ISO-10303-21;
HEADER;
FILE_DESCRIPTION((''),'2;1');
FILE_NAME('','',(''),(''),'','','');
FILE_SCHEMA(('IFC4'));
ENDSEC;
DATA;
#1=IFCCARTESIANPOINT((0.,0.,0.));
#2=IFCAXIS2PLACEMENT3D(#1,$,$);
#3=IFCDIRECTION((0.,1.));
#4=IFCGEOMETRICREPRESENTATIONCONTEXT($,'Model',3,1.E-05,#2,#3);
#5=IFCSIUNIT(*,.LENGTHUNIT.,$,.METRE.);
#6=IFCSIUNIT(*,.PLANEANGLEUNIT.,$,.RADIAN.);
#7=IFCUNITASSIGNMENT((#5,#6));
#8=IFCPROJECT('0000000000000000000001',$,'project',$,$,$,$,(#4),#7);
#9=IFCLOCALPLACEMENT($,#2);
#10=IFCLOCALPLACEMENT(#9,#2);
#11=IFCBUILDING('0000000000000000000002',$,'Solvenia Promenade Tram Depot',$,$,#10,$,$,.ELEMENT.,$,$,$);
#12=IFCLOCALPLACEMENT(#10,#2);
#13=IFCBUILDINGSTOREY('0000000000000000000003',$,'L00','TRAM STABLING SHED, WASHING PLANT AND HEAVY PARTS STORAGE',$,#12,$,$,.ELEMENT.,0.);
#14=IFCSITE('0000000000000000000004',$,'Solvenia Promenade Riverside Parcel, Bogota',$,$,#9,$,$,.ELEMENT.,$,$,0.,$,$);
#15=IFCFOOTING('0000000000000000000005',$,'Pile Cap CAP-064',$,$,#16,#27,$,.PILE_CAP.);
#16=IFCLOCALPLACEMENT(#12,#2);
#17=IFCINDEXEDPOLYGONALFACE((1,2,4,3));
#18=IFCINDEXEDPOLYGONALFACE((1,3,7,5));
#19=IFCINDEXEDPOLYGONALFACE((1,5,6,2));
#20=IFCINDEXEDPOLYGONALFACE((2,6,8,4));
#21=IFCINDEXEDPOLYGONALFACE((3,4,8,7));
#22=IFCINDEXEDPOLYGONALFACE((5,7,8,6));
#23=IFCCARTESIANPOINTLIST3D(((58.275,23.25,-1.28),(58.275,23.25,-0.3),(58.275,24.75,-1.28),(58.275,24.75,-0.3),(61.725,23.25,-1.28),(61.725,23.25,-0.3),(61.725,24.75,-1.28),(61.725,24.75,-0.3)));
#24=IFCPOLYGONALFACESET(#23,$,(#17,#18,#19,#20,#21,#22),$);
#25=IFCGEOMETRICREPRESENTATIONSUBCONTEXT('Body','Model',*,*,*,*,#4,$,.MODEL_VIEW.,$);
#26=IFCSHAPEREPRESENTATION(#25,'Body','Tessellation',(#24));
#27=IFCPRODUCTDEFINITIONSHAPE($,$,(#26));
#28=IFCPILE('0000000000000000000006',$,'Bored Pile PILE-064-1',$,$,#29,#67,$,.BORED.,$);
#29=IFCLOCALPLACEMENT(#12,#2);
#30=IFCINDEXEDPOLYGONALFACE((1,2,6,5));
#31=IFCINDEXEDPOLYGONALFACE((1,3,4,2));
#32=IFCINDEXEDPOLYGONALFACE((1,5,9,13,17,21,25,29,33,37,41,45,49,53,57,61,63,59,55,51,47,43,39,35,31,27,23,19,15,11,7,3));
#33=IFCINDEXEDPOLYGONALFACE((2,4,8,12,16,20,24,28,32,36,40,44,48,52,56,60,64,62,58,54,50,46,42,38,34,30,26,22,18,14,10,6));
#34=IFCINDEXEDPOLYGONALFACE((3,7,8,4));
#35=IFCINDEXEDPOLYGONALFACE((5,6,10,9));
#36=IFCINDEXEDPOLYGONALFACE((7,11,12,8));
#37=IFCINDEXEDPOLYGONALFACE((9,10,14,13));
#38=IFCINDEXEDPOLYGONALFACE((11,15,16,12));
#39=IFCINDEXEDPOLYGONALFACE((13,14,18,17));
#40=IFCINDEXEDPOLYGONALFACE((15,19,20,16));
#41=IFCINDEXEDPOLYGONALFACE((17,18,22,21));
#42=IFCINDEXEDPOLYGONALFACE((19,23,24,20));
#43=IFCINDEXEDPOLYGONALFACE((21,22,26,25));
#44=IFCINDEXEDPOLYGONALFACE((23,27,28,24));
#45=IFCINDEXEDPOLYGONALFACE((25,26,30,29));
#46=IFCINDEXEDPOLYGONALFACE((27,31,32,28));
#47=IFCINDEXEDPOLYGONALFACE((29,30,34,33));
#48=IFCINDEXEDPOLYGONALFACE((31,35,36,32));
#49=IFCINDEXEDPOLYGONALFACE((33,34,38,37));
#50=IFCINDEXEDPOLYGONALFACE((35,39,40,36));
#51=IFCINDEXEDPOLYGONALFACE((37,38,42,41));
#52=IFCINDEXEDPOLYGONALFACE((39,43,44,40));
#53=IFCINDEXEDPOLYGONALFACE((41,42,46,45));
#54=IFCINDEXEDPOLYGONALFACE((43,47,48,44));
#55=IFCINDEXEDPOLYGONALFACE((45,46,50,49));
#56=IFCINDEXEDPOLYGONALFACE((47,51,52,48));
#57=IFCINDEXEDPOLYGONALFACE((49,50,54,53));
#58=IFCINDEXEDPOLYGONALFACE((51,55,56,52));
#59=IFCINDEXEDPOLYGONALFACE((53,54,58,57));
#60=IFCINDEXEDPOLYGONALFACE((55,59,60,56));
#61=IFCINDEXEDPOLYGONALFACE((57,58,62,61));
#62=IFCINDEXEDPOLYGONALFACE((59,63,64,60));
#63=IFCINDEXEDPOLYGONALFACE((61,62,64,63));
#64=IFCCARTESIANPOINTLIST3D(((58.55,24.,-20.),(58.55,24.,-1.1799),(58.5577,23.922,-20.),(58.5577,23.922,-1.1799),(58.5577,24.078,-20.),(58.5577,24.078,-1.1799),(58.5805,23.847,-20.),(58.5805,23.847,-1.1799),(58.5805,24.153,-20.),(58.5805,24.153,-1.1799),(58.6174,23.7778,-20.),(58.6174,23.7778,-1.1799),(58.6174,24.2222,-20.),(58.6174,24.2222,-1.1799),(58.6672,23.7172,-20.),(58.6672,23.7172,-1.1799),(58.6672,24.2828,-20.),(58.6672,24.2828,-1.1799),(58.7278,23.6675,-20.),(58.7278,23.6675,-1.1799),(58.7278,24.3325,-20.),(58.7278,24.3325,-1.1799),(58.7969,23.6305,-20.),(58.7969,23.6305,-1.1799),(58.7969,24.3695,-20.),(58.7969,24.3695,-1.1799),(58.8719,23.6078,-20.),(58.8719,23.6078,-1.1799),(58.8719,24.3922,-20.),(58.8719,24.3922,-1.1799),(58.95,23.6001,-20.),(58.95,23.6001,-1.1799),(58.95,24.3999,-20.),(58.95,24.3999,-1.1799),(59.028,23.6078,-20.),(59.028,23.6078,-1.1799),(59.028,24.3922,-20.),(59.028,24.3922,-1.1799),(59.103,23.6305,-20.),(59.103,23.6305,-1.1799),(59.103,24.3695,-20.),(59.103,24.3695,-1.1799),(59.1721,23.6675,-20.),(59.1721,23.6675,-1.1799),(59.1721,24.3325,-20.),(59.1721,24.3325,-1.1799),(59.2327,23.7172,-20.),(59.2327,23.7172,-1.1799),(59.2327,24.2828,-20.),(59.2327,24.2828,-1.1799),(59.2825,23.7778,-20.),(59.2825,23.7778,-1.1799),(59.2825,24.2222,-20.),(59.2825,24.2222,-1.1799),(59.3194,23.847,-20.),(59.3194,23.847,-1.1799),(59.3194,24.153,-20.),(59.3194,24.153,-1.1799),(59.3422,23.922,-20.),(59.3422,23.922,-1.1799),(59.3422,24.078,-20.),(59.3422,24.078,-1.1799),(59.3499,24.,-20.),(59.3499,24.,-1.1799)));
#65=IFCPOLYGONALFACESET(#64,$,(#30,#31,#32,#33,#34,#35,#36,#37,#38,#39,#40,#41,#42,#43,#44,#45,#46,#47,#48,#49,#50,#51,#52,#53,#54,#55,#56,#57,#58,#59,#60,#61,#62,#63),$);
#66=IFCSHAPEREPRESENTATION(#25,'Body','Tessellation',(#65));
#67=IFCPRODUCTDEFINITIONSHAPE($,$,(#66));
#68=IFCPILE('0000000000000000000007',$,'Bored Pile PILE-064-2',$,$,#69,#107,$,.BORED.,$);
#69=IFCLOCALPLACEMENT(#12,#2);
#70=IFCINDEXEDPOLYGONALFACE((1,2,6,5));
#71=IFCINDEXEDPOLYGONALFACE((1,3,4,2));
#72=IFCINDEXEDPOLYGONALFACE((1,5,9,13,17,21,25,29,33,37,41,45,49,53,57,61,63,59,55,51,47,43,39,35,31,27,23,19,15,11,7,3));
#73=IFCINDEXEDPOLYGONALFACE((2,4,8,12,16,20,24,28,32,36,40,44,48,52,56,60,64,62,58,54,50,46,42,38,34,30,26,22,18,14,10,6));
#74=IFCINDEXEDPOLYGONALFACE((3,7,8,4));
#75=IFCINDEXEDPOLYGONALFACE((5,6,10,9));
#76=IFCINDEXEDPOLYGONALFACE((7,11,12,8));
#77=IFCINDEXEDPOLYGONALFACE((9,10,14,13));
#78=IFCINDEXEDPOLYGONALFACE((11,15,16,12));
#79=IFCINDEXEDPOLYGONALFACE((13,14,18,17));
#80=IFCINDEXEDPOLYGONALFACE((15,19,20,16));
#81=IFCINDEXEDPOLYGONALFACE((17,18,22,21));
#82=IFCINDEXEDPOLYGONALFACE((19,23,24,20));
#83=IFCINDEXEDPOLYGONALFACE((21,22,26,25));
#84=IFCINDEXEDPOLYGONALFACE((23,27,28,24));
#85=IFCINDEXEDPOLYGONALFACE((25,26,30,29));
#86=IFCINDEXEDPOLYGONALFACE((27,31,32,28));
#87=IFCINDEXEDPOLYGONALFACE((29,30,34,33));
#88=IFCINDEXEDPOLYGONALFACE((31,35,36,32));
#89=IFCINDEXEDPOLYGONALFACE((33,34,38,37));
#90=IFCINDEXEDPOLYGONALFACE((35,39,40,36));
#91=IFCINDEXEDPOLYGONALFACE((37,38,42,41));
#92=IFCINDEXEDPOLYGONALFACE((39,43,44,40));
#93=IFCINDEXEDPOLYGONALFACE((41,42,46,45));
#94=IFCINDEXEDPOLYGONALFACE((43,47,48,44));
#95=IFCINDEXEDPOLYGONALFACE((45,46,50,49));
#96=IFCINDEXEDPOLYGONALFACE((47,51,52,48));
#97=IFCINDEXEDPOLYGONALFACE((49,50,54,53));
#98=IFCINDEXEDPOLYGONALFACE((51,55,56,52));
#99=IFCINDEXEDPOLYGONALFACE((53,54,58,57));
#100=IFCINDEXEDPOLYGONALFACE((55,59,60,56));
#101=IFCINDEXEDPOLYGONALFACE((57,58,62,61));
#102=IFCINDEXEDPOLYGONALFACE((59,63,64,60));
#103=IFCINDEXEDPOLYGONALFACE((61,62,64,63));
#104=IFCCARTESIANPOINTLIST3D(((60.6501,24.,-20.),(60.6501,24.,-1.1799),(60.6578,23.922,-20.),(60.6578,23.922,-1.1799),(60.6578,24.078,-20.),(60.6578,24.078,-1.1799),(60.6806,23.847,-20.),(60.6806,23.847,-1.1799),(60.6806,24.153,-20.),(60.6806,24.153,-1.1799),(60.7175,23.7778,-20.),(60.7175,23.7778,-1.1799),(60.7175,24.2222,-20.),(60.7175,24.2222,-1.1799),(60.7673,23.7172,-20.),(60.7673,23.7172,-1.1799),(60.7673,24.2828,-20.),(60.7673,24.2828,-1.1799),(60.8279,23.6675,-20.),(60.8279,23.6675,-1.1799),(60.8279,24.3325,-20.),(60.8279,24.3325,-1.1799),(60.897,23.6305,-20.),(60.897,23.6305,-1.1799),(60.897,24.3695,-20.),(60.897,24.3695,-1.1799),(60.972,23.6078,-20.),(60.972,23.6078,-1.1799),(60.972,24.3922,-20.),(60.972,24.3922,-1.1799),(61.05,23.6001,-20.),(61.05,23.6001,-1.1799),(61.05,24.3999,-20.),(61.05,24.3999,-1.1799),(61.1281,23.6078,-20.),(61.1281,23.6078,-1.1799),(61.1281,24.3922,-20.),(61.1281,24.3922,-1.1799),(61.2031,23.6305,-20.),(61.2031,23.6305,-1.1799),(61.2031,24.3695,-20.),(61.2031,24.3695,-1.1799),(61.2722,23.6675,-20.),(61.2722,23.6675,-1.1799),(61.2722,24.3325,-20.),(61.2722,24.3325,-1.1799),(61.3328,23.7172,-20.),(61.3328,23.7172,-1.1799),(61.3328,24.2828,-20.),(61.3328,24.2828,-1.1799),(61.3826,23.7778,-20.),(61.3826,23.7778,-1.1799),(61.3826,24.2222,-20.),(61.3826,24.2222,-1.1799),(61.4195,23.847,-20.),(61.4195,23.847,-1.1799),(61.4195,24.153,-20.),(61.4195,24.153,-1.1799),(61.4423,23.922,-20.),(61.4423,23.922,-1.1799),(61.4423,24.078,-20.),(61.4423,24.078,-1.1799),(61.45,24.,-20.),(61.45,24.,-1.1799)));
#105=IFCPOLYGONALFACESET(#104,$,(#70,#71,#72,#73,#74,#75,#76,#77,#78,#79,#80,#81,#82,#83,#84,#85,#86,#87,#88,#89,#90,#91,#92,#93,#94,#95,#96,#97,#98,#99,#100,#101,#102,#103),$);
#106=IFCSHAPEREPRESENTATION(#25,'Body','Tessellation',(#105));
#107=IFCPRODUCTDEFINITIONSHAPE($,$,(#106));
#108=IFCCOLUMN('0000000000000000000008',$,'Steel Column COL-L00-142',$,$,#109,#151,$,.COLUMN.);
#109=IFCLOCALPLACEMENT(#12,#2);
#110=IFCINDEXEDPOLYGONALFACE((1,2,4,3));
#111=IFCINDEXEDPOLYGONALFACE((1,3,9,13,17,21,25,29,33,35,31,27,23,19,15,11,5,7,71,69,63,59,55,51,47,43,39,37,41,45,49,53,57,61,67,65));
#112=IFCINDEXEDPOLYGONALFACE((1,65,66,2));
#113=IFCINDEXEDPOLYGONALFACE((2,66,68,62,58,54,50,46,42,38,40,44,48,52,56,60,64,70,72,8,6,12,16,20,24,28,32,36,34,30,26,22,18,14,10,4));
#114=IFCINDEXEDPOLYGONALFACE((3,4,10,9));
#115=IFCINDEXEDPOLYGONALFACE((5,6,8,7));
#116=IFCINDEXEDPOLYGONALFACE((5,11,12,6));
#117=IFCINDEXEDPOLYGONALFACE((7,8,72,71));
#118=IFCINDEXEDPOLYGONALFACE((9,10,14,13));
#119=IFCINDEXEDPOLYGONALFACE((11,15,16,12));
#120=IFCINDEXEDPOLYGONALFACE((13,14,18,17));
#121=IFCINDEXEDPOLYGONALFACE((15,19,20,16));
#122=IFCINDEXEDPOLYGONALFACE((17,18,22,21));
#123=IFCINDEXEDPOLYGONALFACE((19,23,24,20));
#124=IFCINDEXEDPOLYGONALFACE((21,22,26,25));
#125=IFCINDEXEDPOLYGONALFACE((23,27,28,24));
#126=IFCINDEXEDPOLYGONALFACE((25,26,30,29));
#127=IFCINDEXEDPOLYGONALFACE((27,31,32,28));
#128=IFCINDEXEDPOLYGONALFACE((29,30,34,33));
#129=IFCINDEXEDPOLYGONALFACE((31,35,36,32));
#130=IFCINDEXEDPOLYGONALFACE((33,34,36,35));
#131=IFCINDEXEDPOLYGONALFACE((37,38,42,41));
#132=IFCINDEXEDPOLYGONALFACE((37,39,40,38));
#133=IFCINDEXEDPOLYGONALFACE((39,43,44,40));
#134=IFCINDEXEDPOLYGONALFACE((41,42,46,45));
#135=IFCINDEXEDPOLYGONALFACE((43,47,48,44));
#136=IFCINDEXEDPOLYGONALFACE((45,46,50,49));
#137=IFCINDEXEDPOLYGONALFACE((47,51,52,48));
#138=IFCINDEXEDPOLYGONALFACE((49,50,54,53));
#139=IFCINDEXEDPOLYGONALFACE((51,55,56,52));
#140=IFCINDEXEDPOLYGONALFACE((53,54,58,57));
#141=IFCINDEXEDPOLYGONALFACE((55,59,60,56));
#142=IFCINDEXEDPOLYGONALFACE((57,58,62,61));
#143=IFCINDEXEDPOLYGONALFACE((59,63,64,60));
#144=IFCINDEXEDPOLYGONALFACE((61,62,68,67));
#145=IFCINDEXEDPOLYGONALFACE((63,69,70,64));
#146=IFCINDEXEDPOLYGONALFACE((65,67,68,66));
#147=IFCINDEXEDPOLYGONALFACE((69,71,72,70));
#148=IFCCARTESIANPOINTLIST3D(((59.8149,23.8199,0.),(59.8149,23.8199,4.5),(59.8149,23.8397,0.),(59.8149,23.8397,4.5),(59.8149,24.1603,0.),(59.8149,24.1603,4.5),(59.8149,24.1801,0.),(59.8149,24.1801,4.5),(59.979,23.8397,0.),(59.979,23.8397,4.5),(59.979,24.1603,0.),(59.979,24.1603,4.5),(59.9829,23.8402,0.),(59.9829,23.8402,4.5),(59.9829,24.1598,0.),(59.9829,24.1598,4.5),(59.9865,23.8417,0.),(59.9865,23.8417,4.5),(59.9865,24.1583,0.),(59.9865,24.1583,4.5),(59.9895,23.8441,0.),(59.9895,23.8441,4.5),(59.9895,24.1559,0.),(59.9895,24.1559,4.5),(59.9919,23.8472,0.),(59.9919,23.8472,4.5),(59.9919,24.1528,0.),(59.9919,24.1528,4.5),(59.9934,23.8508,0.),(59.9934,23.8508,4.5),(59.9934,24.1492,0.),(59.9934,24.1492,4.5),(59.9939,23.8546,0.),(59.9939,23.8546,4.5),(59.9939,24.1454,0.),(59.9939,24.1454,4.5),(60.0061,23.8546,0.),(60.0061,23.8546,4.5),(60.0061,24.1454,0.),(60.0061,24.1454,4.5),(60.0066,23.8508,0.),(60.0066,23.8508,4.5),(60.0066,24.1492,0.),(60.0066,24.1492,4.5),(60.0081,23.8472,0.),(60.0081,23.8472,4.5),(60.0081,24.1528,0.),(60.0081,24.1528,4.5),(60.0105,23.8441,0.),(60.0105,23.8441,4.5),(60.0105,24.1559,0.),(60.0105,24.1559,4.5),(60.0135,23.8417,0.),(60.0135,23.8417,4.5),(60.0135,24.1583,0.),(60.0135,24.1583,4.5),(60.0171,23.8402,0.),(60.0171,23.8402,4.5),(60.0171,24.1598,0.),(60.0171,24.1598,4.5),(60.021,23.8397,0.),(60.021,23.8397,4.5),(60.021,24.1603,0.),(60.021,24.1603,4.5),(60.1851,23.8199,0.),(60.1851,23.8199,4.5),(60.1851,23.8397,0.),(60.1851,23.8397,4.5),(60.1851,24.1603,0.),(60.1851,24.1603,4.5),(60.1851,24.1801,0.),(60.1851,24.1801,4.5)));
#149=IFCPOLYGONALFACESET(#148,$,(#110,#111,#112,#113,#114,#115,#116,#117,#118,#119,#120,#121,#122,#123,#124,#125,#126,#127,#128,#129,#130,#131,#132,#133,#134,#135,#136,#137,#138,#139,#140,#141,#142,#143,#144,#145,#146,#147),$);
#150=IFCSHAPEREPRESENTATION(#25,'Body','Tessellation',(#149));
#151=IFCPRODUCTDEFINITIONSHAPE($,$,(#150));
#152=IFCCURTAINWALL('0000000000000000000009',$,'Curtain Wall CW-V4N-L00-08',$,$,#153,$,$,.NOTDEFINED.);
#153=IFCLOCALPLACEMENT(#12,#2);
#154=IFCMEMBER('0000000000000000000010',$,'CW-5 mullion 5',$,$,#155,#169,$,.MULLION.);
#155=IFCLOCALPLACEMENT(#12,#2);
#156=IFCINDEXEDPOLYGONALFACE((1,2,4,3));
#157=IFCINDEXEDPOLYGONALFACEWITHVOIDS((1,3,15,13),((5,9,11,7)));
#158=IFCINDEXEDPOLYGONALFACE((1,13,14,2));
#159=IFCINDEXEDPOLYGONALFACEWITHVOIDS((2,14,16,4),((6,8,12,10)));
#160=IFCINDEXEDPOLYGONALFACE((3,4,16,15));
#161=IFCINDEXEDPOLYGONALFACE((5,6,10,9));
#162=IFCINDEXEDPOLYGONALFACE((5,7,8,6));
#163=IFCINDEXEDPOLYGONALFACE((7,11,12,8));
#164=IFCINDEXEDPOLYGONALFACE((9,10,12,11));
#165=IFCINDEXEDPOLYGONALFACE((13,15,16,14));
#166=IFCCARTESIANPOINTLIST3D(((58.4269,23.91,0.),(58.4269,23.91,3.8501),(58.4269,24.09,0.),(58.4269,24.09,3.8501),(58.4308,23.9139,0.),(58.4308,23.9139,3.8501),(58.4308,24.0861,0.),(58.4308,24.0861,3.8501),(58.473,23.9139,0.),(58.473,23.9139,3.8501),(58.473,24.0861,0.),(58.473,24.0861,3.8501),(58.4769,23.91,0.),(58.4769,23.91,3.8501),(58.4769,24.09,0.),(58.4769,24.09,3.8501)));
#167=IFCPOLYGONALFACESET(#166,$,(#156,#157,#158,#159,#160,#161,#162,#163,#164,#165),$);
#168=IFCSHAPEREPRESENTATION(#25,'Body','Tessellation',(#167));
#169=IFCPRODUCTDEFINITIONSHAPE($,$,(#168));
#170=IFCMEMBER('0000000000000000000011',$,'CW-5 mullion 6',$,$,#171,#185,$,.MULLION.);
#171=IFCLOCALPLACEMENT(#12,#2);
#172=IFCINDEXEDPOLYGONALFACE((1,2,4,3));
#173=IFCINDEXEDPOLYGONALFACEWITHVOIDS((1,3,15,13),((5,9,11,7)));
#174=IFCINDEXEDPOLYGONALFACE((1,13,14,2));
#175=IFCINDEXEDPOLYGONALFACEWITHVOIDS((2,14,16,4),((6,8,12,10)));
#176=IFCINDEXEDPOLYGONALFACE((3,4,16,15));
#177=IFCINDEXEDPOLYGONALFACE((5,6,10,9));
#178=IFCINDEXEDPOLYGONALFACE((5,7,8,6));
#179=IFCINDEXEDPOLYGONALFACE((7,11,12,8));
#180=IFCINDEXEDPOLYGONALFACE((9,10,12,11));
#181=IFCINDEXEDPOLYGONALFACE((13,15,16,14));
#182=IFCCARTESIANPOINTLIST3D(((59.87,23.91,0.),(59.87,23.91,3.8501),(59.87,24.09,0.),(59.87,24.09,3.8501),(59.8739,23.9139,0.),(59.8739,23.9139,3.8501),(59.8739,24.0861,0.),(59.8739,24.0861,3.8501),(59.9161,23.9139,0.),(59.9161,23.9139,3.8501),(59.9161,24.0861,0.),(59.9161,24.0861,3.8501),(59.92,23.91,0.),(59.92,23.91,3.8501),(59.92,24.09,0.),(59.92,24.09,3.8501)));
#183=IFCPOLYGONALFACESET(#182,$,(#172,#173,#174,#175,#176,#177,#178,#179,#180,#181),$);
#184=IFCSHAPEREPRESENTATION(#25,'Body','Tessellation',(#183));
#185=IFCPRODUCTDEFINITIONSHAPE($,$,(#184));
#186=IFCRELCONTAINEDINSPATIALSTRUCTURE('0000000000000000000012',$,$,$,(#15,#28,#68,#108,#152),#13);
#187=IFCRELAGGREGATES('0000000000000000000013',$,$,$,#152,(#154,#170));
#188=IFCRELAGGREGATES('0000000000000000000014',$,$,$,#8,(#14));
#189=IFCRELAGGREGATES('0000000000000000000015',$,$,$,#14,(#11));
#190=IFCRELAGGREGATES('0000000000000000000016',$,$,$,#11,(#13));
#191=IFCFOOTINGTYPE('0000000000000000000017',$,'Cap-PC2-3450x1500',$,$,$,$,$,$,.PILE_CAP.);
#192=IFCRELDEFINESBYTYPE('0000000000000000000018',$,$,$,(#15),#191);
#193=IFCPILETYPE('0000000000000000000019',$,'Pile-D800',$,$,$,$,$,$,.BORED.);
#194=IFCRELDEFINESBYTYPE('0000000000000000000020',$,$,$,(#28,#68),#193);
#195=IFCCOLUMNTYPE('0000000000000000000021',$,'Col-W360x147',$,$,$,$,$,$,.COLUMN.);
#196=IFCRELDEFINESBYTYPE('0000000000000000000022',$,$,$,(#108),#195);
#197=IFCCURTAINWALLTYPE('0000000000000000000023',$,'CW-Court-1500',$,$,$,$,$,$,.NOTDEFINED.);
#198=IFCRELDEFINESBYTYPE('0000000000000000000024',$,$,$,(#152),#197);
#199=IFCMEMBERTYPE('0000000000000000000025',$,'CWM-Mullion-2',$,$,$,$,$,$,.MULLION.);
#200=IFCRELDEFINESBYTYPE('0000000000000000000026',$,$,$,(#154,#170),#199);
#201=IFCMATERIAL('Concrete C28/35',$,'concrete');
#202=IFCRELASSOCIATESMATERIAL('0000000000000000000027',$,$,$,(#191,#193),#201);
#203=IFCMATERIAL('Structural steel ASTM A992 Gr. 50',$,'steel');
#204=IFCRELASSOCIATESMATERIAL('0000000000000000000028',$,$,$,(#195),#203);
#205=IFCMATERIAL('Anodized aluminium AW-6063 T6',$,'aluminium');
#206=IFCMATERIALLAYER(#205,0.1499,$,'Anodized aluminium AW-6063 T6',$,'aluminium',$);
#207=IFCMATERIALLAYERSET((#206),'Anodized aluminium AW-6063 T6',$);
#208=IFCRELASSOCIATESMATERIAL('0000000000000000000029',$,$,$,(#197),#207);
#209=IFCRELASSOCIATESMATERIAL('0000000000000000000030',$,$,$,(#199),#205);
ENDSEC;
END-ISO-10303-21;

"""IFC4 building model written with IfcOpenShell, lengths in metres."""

from ifc_helpers import new_model, si_unit, direction, frame, origin, origin_2d, place, context, subcontext, project, spatial, rectangle, hollow_rectangle, circle, i_section, extrude, material, layer, layer_set, material_profile, profile_set, type_object, element, aggregate, save


model = new_model("IFC4")

# Units and contexts
model_context = context("Model", 3, precision=1e-05, world=origin(), true_north=direction((0.0, 1.0)))
body_context = subcontext(model_context, "Body", "Model", "MODEL_VIEW")
ifc_project = project(units=[si_unit("LENGTHUNIT", "METRE"), si_unit("PLANEANGLEUNIT", "RADIAN")], contexts=[model_context])

# Site, building, storey
site_placement = place(None, origin())
site = spatial("IfcSite", under=ifc_project, at=site_placement, Name="Solvenia Promenade Riverside Parcel, Bogota", CompositionType="ELEMENT", RefElevation=0.0)
building_placement = place(site_placement, origin())
building = spatial("IfcBuilding", under=site, at=building_placement, Name="Solvenia Promenade Tram Depot", CompositionType="ELEMENT")
storey_placement = place(building_placement, origin())
storey = spatial("IfcBuildingStorey", under=building, at=storey_placement, Name="L00", Description="TRAM STABLING SHED, WASHING PLANT AND HEAVY PARTS STORAGE", CompositionType="ELEMENT", Elevation=0.0)

# Footing
ifc_material_1 = material(Name="Concrete C28/35", Category="concrete")
footing_type = type_object("IfcFootingType", Name="Cap-PC2-3450x1500", PredefinedType="PILE_CAP", material=ifc_material_1)
footing_placement = place(storey_placement, frame((60.0, 24.0, -1.28), z_axis=(0.0, 0.0, 1.0), x_axis=(1.0, 0.0, 0.0)))
element("IfcFooting", 1, at=footing_placement, inside=storey, type_object=footing_type, Name="Pile Cap CAP-064", PredefinedType="PILE_CAP", context=body_context, shape_type="SweptSolid", body=[
    extrude(rectangle(XDim=3.45, YDim=1.5, at=origin_2d()), origin(), (0.0, 0.0, 1.0), 0.98),
])

# Piles
ifc_material_profile_1 = material_profile(ifc_material_1, circle(Radius=0.3999, at=origin_2d()), Name="D800", Category="concrete")
ifc_profile_set_1 = profile_set([ifc_material_profile_1], Name="Concrete C28/35")
pile_type = type_object("IfcPileType", Name="Pile-D800", PredefinedType="BORED", material=ifc_profile_set_1)
for number, where, z_axis, x_axis, name in (
    (2, (58.95, 24.0, -1.1799), (0.0, 0.0, -1.0), (1.0, 0.0, 0.0), "Bored Pile PILE-064-1"),
    (3, (61.05, 24.0, -1.1799), (0.0, 0.0, -1.0), (1.0, 0.0, 0.0), "Bored Pile PILE-064-2"),
):
    element("IfcPile", number, at=place(storey_placement, frame(where, z_axis=z_axis, x_axis=x_axis)), inside=storey, type_object=pile_type, Name=name, PredefinedType="BORED", context=body_context, shape_type="SweptSolid", body=[
        extrude(circle(Radius=0.3999, at=origin_2d()), origin(), (0.0, 0.0, 1.0), 18.8201),
    ])

# Column
ifc_material_2 = material(Name="Structural steel ASTM A992 Gr. 50", Category="steel")
ifc_material_profile_2 = material_profile(ifc_material_2, i_section(OverallWidth=0.3701, OverallDepth=0.3601, WebThickness=0.0122, FlangeThickness=0.0198, FilletRadius=0.0149, at=origin_2d()), Name="W360x147", Category="steel")
ifc_profile_set_2 = profile_set([ifc_material_profile_2], Name="Structural steel ASTM A992 Gr. 50")
column_type = type_object("IfcColumnType", Name="Col-W360x147", PredefinedType="COLUMN", material=ifc_profile_set_2)
column_placement = place(storey_placement, frame((60.0, 24.0, 0.0), z_axis=(0.0, 0.0, 1.0), x_axis=(1.0, 0.0, 0.0)))
element("IfcColumn", 4, at=column_placement, inside=storey, type_object=column_type, Name="Steel Column COL-L00-142", PredefinedType="COLUMN", context=body_context, shape_type="SweptSolid", body=[
    extrude(i_section(OverallWidth=0.3701, OverallDepth=0.3601, WebThickness=0.0122, FlangeThickness=0.0198, FilletRadius=0.0149, at=origin_2d()), origin(), (0.0, 0.0, 1.0), 4.5),
])

# Curtain wall, members
ifc_material_3 = material(Name="Anodized aluminium AW-6063 T6", Category="aluminium")
ifc_layer_1 = layer(ifc_material_3, 0.1499, Name="Anodized aluminium AW-6063 T6", Category="aluminium")
ifc_layer_set_1 = layer_set([ifc_layer_1], Name="Anodized aluminium AW-6063 T6")
curtain_wall_type = type_object("IfcCurtainWallType", Name="CW-Court-1500", PredefinedType="NOTDEFINED", material=ifc_layer_set_1)
curtain_wall_1_placement = place(storey_placement, origin())
curtain_wall_1 = element("IfcCurtainWall", 5, at=curtain_wall_1_placement, inside=storey, type_object=curtain_wall_type, Name="Curtain Wall CW-V4N-L00-08", PredefinedType="NOTDEFINED")
ifc_material_profile_3 = material_profile(ifc_material_3, hollow_rectangle(XDim=0.1799, YDim=0.05, WallThickness=0.0039, at=origin_2d()), Name="ALU-M2", Category="aluminium")
ifc_profile_set_3 = profile_set([ifc_material_profile_3], Name="Anodized aluminium AW-6063 T6")
member_type_1 = type_object("IfcMemberType", Name="CWM-Mullion-2", PredefinedType="MULLION", material=ifc_profile_set_3)
member_1_placement = place(storey_placement, frame((58.4519, 24.0, 0.0), z_axis=(0.0, 0.0, 1.0), x_axis=(0.0, 1.0, 0.0)))
member_1 = element("IfcMember", 6, at=member_1_placement, type_object=member_type_1, Name="CW-5 mullion 5", PredefinedType="MULLION", context=body_context, shape_type="SweptSolid", body=[
    extrude(hollow_rectangle(XDim=0.1799, YDim=0.05, WallThickness=0.0039, at=origin_2d()), origin(), (0.0, 0.0, 1.0), 3.8501),
])
member_2_placement = place(storey_placement, frame((59.895, 24.0, 0.0), z_axis=(0.0, 0.0, 1.0), x_axis=(0.0, 1.0, 0.0)))
member_2 = element("IfcMember", 7, at=member_2_placement, type_object=member_type_1, Name="CW-5 mullion 6", PredefinedType="MULLION", context=body_context, shape_type="SweptSolid", body=[
    extrude(hollow_rectangle(XDim=0.1799, YDim=0.05, WallThickness=0.0039, at=origin_2d()), origin(), (0.0, 0.0, 1.0), 3.8501),
])

aggregate(curtain_wall_1, [member_1, member_2])

save(model, "model.ifc")
